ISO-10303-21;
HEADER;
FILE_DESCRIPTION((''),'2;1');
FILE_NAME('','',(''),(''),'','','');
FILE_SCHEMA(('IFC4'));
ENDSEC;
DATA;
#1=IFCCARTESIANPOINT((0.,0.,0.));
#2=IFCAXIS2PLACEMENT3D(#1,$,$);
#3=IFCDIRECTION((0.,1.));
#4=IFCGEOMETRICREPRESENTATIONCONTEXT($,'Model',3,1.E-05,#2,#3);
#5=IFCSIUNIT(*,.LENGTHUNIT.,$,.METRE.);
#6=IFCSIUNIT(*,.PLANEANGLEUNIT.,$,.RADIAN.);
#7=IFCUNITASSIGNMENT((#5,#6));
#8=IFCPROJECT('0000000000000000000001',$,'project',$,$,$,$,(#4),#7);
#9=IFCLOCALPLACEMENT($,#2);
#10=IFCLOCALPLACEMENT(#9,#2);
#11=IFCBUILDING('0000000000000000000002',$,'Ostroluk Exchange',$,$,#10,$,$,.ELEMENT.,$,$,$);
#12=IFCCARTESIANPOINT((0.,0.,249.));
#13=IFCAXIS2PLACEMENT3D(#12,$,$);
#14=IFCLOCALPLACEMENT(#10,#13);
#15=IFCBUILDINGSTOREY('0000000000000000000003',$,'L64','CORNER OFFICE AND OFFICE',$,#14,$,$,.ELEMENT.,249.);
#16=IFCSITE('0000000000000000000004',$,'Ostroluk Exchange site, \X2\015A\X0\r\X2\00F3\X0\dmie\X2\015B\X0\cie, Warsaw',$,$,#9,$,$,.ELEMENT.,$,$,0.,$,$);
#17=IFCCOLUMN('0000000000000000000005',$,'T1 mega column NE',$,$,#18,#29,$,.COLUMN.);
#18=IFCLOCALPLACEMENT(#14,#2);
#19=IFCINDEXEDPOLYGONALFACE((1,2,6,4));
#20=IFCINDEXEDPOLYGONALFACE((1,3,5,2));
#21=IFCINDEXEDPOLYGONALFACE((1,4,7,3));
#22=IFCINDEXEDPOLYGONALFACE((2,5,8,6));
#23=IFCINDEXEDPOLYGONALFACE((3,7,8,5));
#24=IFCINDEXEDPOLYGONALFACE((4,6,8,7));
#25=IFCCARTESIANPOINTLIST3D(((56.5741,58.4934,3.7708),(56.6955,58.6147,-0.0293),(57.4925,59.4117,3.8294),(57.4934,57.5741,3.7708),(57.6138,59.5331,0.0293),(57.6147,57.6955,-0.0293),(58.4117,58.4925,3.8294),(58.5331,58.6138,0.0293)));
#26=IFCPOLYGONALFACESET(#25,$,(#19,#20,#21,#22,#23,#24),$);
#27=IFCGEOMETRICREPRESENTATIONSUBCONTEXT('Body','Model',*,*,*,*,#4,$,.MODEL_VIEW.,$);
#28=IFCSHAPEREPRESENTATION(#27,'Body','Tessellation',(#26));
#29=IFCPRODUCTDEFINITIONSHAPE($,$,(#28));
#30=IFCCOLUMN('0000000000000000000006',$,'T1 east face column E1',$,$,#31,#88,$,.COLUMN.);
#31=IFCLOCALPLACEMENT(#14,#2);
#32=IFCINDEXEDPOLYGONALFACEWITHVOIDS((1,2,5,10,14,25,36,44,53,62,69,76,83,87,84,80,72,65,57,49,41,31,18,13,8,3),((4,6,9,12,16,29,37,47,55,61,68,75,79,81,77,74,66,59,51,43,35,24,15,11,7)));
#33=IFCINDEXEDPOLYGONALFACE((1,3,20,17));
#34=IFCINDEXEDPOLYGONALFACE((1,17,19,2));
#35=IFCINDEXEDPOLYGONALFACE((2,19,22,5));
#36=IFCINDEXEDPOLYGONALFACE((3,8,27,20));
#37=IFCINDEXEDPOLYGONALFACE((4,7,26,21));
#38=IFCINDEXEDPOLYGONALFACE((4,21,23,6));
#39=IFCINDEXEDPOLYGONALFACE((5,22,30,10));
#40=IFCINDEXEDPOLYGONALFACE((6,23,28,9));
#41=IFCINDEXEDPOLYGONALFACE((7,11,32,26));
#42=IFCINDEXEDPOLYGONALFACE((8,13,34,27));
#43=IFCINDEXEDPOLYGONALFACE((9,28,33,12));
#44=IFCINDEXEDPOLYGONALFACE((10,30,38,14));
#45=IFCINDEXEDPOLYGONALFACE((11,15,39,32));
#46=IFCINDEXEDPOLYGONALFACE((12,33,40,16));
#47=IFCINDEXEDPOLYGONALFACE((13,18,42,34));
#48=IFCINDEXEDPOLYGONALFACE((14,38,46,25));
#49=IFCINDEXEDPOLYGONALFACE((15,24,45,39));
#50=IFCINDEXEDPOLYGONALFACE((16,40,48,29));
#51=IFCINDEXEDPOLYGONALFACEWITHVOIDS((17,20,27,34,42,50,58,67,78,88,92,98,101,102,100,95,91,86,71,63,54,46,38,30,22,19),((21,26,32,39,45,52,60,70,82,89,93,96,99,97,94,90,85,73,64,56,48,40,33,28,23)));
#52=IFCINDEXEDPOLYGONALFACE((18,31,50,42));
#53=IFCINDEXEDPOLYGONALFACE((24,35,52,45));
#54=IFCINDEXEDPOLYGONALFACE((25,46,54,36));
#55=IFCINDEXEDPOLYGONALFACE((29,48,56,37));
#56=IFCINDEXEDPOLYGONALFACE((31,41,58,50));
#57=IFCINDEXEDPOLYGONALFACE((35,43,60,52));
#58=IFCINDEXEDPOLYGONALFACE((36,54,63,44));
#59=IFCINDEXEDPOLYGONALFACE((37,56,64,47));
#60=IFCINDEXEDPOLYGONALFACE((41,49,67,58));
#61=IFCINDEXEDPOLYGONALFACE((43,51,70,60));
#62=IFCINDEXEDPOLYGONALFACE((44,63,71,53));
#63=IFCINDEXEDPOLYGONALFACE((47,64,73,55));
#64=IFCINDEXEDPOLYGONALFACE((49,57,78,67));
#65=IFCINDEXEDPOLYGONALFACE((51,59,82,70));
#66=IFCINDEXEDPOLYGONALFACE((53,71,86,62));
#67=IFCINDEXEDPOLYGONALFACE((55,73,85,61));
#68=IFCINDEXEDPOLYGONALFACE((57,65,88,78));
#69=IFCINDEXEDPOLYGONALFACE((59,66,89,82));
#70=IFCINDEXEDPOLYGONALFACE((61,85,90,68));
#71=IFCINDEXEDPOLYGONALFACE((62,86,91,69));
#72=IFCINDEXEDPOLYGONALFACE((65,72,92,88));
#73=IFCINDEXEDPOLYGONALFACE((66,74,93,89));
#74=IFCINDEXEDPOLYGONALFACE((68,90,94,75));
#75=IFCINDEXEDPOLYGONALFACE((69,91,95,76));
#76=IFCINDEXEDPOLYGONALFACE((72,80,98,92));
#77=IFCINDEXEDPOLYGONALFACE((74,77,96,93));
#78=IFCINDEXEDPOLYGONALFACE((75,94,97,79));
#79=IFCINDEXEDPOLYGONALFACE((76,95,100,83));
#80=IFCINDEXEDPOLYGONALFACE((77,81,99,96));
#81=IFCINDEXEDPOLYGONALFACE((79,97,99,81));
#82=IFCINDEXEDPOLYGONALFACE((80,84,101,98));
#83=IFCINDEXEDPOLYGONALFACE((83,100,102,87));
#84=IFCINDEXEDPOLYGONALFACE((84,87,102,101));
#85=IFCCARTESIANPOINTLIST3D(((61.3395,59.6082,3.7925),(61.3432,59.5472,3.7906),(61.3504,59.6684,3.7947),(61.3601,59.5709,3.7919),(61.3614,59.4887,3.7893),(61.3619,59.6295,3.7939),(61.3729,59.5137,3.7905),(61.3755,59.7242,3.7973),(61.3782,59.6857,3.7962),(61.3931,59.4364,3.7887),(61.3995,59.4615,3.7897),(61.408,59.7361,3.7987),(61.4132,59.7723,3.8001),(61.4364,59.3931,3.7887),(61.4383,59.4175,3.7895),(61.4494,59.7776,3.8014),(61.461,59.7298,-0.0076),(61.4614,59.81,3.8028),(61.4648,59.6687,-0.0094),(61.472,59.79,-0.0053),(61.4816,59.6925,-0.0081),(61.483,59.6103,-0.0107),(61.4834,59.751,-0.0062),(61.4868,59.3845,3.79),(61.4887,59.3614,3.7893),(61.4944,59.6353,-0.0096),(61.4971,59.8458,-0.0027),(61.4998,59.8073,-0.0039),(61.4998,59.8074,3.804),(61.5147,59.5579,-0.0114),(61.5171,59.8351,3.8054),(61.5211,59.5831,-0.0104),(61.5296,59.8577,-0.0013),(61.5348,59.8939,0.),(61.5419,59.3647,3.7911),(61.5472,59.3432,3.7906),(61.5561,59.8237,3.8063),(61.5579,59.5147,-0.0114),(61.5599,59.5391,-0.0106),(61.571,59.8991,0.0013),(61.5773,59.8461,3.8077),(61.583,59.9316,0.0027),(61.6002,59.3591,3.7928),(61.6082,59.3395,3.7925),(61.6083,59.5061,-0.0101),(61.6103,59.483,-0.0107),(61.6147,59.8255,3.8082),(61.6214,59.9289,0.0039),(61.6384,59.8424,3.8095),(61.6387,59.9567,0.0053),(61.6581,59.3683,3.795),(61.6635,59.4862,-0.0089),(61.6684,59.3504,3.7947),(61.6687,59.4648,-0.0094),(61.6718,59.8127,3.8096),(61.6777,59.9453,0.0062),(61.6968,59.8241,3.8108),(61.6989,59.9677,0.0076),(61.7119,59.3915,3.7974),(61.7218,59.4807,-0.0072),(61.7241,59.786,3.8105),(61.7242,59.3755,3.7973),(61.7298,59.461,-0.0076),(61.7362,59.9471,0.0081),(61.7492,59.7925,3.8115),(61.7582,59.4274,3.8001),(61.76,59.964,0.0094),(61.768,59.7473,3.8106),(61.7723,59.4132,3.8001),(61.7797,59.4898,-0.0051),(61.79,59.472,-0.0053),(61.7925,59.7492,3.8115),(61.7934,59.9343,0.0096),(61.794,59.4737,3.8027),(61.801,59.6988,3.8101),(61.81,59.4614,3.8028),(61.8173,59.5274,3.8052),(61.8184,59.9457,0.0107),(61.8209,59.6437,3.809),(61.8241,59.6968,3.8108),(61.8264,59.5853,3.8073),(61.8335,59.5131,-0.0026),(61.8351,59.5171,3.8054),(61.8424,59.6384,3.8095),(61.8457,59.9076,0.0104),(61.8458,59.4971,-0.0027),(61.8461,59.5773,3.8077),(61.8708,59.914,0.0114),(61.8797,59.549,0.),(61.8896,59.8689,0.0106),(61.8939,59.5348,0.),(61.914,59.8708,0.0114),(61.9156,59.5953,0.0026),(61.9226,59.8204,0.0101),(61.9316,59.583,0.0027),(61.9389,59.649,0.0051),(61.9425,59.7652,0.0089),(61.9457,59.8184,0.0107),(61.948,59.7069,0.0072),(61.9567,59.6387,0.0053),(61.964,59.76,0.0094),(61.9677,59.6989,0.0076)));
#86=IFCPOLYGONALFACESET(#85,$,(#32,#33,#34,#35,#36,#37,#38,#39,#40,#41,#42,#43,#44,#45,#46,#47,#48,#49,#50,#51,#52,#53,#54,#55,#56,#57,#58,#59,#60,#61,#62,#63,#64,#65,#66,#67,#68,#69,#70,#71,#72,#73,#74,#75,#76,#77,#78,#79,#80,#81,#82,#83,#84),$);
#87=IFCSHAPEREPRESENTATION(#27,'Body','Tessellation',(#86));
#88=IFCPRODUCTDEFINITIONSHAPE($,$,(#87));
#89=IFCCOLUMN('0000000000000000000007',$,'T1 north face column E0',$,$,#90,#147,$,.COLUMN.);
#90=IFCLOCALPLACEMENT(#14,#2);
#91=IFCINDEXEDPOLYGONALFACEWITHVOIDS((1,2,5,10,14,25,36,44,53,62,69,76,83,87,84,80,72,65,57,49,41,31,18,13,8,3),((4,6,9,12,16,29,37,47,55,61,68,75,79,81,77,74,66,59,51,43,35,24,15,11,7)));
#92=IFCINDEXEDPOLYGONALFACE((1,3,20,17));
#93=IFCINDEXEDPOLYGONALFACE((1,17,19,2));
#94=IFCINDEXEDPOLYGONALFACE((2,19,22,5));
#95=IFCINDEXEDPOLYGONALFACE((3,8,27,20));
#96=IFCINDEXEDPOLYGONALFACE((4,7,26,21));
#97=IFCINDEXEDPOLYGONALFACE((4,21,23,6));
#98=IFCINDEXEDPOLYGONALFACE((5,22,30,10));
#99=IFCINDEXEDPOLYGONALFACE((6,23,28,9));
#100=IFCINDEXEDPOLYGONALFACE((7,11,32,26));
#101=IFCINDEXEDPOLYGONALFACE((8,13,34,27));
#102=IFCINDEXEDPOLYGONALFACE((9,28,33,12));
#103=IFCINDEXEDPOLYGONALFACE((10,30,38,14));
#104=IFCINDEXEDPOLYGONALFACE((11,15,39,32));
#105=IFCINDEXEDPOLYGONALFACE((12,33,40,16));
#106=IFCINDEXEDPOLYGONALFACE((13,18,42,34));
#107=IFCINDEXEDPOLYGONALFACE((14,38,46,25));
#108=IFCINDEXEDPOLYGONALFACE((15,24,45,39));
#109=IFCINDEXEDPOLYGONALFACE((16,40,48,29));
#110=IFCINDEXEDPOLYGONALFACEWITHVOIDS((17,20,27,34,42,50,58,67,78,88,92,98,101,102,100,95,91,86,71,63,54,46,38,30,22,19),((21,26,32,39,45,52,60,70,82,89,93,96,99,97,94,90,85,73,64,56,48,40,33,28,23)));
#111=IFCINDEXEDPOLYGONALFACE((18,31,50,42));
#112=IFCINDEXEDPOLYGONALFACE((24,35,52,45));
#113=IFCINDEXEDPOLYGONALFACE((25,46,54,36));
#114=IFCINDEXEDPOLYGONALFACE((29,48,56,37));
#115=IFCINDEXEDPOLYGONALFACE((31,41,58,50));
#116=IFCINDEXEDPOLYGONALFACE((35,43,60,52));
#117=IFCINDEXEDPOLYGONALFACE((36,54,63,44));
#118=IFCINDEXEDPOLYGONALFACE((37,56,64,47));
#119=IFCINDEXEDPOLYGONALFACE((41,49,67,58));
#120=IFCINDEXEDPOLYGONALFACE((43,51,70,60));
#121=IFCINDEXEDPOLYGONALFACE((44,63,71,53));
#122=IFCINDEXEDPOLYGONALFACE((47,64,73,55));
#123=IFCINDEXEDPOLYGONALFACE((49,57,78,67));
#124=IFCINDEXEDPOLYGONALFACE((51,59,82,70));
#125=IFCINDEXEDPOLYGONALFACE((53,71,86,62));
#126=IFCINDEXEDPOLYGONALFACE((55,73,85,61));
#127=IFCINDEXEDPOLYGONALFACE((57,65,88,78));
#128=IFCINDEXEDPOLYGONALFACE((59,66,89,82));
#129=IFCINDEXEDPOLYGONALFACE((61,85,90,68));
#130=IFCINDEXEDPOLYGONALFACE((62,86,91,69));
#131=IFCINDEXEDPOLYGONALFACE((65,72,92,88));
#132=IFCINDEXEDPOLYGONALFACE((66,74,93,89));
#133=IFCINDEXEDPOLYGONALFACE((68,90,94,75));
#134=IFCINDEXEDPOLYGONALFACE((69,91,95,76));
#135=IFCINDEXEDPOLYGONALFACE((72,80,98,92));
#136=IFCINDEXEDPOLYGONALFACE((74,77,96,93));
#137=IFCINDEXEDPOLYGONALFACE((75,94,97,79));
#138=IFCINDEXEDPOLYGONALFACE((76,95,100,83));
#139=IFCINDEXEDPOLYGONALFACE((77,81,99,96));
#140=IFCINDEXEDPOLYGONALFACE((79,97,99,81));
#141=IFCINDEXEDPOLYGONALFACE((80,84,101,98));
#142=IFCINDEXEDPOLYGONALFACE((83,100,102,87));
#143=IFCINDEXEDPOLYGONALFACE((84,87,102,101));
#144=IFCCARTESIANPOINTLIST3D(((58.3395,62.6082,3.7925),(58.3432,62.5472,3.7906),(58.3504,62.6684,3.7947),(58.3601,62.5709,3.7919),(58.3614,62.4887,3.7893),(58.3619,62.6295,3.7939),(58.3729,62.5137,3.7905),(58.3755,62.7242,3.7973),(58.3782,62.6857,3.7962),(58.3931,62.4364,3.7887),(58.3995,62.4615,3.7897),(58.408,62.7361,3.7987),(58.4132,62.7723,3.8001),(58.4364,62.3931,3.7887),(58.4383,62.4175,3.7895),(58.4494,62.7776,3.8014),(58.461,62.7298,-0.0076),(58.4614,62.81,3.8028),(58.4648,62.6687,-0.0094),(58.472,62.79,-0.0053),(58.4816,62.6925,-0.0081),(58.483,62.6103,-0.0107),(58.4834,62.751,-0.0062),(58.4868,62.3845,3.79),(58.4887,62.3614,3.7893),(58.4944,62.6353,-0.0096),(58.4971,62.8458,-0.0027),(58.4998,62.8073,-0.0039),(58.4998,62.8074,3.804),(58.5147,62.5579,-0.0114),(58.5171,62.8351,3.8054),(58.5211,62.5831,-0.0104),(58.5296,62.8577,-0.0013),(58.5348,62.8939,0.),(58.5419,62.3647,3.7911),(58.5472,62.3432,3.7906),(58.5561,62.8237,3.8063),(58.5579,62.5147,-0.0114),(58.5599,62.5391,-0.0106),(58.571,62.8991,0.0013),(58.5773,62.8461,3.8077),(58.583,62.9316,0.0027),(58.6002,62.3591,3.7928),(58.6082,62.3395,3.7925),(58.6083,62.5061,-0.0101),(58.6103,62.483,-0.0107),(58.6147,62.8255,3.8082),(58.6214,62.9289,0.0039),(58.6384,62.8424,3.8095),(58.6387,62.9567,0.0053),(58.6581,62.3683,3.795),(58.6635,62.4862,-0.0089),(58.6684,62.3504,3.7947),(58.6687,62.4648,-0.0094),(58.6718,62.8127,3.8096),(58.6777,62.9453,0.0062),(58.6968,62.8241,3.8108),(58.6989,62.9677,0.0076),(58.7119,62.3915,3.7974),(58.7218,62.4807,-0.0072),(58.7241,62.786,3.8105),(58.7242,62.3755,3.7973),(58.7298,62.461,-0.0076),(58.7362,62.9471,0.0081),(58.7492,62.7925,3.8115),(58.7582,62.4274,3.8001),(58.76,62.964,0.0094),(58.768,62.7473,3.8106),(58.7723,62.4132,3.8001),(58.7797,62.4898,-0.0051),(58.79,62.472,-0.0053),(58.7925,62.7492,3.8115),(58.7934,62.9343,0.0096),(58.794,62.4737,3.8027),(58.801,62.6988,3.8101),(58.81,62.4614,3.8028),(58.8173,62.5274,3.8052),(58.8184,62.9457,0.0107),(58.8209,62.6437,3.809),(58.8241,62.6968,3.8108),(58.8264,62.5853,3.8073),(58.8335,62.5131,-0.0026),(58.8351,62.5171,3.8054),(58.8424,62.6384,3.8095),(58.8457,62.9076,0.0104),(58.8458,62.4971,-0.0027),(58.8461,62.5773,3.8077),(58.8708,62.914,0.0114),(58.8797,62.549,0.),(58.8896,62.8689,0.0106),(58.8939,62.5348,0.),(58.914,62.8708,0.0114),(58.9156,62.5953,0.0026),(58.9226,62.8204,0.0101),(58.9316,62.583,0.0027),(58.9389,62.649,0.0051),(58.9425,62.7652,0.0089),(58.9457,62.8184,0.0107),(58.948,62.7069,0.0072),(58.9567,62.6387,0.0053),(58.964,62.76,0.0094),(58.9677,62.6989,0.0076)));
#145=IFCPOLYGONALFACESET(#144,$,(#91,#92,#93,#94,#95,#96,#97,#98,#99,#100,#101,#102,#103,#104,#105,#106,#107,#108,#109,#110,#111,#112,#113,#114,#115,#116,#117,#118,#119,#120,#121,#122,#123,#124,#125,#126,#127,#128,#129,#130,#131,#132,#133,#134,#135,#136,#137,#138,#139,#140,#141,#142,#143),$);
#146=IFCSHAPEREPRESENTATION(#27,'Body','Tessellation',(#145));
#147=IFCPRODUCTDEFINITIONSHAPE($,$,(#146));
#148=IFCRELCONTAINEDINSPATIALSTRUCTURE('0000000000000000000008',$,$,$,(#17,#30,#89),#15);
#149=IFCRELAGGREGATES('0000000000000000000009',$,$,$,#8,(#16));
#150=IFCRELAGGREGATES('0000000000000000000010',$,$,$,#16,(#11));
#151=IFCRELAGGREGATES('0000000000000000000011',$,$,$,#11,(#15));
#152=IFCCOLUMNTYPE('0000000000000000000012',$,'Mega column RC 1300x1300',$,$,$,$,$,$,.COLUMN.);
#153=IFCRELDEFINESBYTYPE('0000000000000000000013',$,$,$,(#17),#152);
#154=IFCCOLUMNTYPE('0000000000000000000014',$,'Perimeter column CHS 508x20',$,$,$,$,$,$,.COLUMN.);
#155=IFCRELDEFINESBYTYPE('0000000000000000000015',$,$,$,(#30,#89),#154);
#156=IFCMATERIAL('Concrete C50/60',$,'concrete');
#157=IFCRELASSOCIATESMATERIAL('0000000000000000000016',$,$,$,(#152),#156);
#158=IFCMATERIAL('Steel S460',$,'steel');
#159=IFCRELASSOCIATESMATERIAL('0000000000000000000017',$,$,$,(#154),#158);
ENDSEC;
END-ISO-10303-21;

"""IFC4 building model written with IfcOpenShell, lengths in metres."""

from ifc_helpers import new_model, si_unit, direction, frame, origin, origin_2d, place, context, subcontext, project, spatial, rectangle, hollow_circle, extrude, material, material_profile, profile_set, type_object, element, save


model = new_model("IFC4")

# Units and contexts
model_context = context("Model", 3, precision=1e-05, world=origin(), true_north=direction((0.0, 1.0)))
body_context = subcontext(model_context, "Body", "Model", "MODEL_VIEW")
ifc_project = project(units=[si_unit("LENGTHUNIT", "METRE"), si_unit("PLANEANGLEUNIT", "RADIAN")], contexts=[model_context])

# Site, building, storey
site_placement = place(None, origin())
site = spatial("IfcSite", under=ifc_project, at=site_placement, Name="Ostroluk Exchange site, Śródmieście, Warsaw", CompositionType="ELEMENT", RefElevation=0.0)
building_placement = place(site_placement, origin())
building = spatial("IfcBuilding", under=site, at=building_placement, Name="Ostroluk Exchange", CompositionType="ELEMENT")
storey_placement = place(building_placement, frame((0.0, 0.0, 249.0)))
storey = spatial("IfcBuildingStorey", under=building, at=storey_placement, Name="L64", Description="CORNER OFFICE AND OFFICE", CompositionType="ELEMENT", Elevation=249.0)

# Columns
ifc_material_1 = material(Name="Concrete C50/60", Category="concrete")
ifc_material_profile_1 = material_profile(ifc_material_1, rectangle(XDim=1.3, YDim=1.3, at=origin_2d()), Name="RC 1300x1300")
ifc_profile_set_1 = profile_set([ifc_material_profile_1], Name="Concrete C50/60")
column_type_1 = type_object("IfcColumnType", Name="Mega column RC 1300x1300", PredefinedType="COLUMN", material=ifc_profile_set_1)
column_1_placement = place(storey_placement, frame((57.6143, 58.6143, 0.0), z_axis=(-0.031898, -0.031898, 0.998982), x_axis=(0.707107, -0.707107, 0.0)))
element("IfcColumn", 1, at=column_1_placement, inside=storey, type_object=column_type_1, Name="T1 mega column NE", PredefinedType="COLUMN", context=body_context, shape_type="SweptSolid", body=[
    extrude(rectangle(XDim=1.3, YDim=1.3, at=origin_2d()), origin(), (0.0, 0.0, 1.0), 3.804),
])
ifc_material_2 = material(Name="Steel S460", Category="steel")
ifc_material_profile_2 = material_profile(ifc_material_2, hollow_circle(Radius=0.2539, WallThickness=0.02, at=origin_2d()), Name="CHS 508x20")
ifc_profile_set_2 = profile_set([ifc_material_profile_2], Name="Steel S460")
column_type_2 = type_object("IfcColumnType", Name="Perimeter column CHS 508x20", PredefinedType="COLUMN", material=ifc_profile_set_2)
for number, where, z_axis, x_axis, name in (
    (2, (61.7144, 59.7144, 0.0), (-0.031962, -0.031962, 0.998978), (0.707107, -0.707107, 0.0), "T1 east face column E1"),
    (3, (58.7144, 62.7144, 0.0), (-0.031962, -0.031962, 0.998978), (0.707107, -0.707107, 0.0), "T1 north face column E0"),
):
    element("IfcColumn", number, at=place(storey_placement, frame(where, z_axis=z_axis, x_axis=x_axis)), inside=storey, type_object=column_type_2, Name=name, PredefinedType="COLUMN", context=body_context, shape_type="SweptSolid", body=[
        extrude(hollow_circle(Radius=0.2539, WallThickness=0.02, at=origin_2d()), origin(), (0.0, 0.0, 1.0), 3.804),
    ])

save(model, "model.ifc")
